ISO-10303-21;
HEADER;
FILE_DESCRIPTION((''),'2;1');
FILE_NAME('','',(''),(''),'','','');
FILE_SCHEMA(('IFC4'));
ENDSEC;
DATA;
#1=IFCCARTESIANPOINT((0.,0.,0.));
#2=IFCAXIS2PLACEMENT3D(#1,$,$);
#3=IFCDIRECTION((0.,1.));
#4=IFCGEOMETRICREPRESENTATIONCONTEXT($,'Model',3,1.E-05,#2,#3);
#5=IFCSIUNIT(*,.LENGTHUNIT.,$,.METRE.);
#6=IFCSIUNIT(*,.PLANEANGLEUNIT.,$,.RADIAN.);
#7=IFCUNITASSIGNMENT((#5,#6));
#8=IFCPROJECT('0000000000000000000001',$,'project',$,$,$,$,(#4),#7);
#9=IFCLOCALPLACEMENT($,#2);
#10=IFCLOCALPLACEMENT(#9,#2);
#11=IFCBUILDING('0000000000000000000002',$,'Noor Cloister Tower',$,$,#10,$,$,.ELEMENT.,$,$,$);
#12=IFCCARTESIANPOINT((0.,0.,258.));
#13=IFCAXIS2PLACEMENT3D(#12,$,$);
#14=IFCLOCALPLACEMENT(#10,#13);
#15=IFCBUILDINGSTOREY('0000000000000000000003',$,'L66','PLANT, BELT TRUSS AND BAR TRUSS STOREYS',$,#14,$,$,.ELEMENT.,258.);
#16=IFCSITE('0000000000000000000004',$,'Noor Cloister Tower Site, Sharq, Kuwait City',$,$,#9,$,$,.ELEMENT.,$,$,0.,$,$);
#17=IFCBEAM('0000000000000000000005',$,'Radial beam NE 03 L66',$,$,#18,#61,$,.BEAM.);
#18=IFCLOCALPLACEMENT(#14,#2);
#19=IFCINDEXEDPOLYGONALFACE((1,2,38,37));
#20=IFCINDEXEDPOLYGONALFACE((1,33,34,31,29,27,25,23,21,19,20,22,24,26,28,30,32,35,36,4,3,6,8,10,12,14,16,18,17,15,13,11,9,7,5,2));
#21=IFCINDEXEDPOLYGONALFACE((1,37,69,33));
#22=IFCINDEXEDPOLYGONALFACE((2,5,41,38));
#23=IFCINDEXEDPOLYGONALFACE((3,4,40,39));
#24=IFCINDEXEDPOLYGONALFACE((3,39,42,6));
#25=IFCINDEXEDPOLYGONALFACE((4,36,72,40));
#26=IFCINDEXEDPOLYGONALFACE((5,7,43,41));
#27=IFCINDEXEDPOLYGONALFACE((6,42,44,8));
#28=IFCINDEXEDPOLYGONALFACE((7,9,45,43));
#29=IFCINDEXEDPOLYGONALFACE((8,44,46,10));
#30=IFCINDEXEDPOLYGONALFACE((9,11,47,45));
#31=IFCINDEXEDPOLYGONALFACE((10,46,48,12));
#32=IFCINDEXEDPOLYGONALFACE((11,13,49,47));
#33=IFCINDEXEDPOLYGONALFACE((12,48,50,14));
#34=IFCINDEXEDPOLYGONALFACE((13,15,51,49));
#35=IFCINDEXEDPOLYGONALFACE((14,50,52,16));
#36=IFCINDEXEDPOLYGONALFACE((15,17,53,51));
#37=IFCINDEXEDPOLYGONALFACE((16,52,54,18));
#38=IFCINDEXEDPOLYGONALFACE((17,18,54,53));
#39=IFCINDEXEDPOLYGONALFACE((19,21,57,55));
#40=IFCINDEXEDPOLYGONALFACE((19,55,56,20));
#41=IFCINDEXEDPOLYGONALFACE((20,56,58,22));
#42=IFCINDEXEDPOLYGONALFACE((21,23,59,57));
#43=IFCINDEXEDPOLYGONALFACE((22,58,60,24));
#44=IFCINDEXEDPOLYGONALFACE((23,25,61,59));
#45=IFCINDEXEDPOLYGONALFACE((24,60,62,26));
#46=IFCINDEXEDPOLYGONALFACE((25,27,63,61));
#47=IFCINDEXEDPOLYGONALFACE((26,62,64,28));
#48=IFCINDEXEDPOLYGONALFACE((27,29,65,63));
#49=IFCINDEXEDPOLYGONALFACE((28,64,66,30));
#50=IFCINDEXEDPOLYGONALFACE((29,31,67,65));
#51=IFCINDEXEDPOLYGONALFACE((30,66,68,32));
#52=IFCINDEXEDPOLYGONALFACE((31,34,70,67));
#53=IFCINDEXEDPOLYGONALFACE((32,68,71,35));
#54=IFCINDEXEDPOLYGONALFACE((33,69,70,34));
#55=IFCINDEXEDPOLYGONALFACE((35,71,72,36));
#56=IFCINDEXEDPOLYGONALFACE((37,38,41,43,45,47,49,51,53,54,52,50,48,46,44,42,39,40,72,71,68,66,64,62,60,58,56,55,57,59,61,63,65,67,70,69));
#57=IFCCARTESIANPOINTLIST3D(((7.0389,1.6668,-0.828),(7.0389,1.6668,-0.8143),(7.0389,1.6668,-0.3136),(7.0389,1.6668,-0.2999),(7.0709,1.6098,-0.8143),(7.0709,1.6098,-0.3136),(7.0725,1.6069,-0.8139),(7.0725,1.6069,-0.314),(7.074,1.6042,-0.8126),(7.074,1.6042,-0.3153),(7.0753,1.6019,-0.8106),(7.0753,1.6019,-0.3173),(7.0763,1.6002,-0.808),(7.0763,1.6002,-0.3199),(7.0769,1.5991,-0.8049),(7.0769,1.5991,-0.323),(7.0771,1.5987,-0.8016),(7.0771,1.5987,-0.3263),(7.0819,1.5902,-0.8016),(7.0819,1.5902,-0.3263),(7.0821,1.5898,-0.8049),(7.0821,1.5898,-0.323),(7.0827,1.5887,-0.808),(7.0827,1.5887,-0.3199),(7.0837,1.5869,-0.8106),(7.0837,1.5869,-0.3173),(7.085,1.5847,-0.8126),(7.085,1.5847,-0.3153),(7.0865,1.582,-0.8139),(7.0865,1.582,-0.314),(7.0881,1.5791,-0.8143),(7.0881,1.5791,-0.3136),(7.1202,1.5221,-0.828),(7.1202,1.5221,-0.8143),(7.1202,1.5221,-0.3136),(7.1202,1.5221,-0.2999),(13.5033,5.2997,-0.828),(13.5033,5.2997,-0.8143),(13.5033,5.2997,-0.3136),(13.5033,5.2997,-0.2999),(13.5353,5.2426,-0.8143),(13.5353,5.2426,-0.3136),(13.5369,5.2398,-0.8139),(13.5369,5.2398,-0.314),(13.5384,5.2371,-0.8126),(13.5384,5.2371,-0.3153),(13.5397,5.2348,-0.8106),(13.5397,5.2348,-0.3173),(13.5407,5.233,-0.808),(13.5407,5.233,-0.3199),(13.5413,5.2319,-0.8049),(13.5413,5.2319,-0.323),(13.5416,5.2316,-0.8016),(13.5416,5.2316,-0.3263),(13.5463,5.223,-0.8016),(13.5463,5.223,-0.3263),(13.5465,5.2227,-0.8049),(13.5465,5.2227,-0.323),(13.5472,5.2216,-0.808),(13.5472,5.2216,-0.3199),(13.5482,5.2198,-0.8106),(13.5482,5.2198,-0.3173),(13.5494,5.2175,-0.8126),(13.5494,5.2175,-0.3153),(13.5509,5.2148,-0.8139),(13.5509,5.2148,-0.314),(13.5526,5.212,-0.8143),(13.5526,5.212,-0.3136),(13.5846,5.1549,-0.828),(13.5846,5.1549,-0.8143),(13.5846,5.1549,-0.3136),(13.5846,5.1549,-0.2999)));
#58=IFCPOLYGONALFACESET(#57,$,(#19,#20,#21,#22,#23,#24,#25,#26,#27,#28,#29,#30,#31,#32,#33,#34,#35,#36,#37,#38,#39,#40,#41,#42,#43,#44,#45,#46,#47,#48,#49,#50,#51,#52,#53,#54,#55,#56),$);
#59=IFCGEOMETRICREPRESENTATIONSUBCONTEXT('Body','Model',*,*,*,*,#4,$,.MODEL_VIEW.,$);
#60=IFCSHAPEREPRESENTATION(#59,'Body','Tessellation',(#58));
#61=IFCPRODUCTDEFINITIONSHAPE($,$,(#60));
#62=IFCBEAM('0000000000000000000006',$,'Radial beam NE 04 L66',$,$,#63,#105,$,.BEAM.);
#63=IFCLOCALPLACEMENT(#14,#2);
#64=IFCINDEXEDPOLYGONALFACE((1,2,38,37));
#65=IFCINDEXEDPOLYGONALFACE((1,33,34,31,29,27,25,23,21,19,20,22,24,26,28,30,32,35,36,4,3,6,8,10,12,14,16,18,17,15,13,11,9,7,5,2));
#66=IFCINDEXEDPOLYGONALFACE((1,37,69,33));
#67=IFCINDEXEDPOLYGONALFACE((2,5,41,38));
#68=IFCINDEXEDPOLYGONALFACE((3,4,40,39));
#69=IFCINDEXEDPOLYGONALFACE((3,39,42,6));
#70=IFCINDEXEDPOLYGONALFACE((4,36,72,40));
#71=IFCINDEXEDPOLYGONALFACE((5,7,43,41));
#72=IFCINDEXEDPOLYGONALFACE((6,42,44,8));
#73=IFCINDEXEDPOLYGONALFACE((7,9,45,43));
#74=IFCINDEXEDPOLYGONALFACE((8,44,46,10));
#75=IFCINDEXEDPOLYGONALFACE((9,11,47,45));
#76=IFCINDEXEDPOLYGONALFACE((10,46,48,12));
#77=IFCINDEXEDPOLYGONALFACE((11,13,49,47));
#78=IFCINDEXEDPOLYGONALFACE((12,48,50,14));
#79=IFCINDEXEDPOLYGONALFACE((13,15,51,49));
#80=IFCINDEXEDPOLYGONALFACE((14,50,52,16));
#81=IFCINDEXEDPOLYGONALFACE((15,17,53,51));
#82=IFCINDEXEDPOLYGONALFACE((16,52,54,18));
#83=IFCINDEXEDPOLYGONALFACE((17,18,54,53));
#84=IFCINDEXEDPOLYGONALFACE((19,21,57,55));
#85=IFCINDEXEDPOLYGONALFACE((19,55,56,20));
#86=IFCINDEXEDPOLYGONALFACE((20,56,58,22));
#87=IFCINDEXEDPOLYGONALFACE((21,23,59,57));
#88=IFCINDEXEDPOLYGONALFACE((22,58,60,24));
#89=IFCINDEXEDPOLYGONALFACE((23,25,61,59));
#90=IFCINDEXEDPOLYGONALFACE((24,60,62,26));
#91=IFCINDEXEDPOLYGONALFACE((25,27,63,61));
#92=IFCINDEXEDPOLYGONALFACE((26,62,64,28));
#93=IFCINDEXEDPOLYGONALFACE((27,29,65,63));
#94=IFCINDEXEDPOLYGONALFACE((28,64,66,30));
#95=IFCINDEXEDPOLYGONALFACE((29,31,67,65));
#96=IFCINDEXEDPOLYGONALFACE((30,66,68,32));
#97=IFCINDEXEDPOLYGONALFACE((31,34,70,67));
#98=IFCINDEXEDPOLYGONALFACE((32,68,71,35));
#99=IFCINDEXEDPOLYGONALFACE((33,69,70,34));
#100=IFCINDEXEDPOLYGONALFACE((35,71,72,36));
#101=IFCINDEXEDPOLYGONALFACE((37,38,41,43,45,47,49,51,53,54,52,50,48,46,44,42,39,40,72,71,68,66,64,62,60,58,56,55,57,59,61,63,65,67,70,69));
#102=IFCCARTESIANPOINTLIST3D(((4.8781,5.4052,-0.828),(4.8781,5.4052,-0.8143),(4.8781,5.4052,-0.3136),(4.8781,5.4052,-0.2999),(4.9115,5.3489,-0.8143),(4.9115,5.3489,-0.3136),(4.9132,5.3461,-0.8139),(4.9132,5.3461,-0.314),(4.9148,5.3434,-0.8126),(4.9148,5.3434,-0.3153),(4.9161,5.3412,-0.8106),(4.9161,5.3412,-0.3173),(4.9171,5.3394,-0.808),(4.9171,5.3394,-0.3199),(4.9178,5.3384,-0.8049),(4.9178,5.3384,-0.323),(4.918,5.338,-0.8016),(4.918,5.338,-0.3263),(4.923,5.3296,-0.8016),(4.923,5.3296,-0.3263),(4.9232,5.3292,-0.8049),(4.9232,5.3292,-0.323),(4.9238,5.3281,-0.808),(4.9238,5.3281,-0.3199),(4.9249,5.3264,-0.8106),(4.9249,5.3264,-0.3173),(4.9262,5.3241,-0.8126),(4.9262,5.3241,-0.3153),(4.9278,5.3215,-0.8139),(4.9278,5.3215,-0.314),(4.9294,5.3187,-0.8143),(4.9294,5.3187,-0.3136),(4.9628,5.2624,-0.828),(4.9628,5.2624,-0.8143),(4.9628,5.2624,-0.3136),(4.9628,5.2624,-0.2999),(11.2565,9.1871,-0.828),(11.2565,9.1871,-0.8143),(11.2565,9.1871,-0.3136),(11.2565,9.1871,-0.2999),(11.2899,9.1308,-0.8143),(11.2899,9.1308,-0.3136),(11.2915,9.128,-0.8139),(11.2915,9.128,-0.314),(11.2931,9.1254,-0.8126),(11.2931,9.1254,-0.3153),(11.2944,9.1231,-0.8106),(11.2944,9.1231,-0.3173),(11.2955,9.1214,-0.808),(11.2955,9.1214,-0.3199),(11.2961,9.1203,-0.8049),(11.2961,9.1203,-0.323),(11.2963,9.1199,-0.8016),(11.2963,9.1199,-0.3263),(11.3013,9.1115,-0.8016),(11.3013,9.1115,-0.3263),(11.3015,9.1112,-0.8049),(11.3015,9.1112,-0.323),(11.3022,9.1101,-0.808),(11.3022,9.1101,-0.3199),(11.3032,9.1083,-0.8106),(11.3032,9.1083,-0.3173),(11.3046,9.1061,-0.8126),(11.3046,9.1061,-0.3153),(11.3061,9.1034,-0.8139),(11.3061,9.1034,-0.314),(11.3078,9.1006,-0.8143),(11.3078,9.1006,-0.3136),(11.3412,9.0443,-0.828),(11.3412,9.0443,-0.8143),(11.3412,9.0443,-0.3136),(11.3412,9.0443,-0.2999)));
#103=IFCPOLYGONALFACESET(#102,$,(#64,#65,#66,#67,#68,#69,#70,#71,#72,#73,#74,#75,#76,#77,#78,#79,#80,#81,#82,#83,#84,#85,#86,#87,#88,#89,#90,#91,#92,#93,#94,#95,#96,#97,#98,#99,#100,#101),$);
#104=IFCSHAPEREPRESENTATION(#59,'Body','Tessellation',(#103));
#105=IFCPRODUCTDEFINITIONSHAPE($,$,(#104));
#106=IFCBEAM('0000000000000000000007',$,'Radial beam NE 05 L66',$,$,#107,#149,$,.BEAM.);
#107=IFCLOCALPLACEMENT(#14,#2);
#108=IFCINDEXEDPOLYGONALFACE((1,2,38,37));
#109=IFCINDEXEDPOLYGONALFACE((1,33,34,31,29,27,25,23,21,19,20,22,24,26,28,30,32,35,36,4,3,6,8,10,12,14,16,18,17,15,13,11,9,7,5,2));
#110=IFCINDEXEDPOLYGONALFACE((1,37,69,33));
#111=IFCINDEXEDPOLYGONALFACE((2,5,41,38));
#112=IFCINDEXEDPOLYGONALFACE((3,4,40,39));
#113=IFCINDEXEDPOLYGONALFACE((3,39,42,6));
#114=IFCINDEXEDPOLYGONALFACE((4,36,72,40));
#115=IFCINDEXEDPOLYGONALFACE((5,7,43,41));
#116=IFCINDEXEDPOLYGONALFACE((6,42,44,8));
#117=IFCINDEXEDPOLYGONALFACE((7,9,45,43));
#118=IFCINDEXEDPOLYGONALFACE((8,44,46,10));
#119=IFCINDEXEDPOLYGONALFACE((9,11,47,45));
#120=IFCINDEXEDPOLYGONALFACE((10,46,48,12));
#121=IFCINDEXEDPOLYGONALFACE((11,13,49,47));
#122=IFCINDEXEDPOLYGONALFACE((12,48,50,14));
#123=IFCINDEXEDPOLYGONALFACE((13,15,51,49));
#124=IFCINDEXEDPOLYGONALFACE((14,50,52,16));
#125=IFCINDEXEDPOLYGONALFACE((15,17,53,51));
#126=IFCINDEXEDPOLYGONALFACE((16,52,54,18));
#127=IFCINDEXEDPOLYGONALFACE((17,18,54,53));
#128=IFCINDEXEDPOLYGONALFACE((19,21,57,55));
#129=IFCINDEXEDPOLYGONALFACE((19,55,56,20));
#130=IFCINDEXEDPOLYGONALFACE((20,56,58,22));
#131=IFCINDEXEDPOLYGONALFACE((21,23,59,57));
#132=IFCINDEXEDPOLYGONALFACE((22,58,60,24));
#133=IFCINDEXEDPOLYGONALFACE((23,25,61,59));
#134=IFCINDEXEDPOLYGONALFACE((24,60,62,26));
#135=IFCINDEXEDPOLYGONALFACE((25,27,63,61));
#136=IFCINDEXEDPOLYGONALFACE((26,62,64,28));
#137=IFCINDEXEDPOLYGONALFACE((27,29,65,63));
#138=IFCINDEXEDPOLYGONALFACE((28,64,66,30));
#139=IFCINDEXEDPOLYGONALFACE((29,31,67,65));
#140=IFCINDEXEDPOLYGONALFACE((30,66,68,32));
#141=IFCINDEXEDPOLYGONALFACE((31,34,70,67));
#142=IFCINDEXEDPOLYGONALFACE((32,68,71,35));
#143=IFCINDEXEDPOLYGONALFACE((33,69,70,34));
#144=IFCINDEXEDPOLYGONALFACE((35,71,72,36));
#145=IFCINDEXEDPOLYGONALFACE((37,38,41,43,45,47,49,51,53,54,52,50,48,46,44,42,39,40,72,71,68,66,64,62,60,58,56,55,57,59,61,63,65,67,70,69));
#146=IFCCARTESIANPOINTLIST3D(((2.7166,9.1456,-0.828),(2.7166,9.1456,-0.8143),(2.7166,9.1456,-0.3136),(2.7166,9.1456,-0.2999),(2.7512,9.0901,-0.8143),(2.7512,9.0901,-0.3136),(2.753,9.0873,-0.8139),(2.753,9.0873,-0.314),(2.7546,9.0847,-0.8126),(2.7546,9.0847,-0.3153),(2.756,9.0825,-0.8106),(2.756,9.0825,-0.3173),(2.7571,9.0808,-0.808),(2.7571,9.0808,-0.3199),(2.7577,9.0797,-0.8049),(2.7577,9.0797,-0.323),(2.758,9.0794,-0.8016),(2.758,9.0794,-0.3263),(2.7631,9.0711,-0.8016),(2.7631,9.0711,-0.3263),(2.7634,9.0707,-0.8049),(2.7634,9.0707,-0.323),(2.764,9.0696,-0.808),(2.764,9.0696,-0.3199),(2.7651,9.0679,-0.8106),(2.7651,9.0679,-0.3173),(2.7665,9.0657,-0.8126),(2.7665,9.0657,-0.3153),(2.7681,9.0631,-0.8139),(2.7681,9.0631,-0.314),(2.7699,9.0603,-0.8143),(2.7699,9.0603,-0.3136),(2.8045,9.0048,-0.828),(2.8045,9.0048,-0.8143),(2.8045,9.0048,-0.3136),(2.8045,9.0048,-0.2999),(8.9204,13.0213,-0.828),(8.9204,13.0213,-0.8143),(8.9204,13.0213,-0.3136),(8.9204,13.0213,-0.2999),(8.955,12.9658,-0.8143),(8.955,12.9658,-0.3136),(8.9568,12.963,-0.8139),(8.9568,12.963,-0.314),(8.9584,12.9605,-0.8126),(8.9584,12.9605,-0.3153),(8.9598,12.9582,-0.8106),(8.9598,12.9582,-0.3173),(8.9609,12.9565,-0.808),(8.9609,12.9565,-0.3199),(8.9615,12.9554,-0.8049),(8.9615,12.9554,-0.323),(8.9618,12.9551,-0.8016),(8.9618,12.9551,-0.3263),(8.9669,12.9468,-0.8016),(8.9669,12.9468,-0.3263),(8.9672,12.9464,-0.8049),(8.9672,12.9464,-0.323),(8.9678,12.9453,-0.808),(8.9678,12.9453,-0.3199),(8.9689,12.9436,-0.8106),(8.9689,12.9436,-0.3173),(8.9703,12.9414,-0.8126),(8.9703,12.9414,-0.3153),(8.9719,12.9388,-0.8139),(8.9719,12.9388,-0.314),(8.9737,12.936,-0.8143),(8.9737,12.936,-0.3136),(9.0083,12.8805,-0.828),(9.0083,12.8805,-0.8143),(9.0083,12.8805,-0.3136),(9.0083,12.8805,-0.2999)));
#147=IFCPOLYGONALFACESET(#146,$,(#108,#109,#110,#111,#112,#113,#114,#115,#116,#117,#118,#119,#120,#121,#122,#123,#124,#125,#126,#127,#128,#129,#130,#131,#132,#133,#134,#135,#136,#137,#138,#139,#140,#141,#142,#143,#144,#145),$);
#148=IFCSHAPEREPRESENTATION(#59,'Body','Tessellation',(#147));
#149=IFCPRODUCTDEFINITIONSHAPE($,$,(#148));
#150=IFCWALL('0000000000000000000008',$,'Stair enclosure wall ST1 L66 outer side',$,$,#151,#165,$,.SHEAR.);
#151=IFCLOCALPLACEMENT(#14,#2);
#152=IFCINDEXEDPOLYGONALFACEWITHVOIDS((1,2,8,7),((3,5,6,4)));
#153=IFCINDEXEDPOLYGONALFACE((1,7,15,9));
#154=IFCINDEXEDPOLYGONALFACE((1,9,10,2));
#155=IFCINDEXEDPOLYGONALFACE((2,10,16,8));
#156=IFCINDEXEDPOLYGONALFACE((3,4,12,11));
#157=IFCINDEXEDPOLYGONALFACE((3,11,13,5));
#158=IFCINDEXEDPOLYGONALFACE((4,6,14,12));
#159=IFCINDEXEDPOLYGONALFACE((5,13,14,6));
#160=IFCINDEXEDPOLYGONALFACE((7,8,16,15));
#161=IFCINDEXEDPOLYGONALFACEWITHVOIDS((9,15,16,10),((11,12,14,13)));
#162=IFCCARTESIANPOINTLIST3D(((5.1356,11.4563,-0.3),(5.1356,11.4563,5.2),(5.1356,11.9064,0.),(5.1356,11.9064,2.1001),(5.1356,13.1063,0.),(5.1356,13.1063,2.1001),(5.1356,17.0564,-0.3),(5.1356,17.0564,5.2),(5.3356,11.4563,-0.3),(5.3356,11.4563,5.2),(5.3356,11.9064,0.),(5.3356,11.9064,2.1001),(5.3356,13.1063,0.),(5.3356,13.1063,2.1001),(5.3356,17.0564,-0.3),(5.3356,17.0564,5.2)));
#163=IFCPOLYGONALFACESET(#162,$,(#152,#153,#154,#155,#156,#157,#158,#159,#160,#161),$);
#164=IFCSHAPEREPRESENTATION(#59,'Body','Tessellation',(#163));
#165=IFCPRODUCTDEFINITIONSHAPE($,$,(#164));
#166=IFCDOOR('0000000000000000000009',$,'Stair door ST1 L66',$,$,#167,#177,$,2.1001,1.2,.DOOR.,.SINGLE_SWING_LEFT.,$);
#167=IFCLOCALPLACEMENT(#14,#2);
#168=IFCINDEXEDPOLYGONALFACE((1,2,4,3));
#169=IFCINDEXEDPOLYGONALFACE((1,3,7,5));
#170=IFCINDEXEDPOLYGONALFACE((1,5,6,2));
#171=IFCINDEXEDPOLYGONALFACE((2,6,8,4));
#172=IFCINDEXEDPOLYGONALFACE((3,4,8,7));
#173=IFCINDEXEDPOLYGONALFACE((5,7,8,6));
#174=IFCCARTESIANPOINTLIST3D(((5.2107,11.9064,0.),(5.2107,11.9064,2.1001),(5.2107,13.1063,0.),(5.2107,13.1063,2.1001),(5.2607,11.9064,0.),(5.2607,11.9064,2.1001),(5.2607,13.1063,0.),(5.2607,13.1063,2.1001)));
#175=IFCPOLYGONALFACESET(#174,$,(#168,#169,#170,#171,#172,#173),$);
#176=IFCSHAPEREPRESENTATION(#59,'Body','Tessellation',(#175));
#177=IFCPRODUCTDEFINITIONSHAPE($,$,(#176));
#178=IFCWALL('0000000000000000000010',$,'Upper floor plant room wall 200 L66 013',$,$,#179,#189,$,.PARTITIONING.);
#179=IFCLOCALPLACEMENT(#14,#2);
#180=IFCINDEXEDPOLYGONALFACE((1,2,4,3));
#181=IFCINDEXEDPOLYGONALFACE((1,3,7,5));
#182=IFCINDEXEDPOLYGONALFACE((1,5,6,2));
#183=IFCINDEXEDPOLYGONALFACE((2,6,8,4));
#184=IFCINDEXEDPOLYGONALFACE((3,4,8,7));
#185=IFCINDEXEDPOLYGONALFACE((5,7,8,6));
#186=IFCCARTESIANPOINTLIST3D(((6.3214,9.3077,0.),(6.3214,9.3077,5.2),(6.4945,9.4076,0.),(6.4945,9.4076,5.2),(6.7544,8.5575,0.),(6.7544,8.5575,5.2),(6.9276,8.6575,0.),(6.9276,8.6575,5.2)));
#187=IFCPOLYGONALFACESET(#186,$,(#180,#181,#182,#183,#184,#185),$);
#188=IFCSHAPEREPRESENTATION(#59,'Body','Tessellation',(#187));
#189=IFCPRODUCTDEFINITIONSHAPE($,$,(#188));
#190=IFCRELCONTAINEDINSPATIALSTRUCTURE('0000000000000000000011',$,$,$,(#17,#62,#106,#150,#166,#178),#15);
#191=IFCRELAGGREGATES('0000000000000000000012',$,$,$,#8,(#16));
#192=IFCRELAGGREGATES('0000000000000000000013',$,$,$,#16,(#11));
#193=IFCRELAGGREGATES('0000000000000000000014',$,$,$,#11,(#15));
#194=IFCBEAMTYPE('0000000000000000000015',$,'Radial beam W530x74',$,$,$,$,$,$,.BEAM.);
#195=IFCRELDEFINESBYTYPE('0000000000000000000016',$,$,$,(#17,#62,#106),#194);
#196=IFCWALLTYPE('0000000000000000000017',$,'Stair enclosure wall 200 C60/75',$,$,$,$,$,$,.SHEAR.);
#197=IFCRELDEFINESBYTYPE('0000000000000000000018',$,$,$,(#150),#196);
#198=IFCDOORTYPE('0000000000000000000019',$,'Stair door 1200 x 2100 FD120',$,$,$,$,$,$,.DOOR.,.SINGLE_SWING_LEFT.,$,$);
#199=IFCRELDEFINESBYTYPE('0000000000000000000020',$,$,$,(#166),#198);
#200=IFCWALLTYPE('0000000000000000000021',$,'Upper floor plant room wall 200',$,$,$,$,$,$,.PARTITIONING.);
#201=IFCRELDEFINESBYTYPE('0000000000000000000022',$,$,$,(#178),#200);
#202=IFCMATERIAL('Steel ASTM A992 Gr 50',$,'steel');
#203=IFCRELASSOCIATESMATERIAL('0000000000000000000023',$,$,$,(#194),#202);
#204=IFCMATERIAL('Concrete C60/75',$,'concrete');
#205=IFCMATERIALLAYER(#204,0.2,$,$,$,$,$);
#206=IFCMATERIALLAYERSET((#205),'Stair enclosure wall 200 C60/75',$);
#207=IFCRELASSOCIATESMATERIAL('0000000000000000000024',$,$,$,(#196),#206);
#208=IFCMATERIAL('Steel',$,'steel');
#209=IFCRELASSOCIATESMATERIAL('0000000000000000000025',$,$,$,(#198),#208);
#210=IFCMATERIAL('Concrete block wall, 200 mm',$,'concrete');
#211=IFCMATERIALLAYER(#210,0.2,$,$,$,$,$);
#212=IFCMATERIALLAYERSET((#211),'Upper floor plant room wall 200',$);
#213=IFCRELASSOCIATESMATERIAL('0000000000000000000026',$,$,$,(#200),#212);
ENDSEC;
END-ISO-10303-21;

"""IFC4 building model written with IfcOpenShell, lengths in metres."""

from ifc_helpers import new_model, si_unit, direction, frame, frame_2d, origin, origin_2d, place, context, subcontext, project, spatial, rectangle, i_section, extrude, material, layer, layer_set, material_profile, profile_set, type_object, element, fill, save


model = new_model("IFC4")

# Units and contexts
model_context = context("Model", 3, precision=1e-05, world=origin(), true_north=direction((0.0, 1.0)))
body_context = subcontext(model_context, "Body", "Model", "MODEL_VIEW")
ifc_project = project(units=[si_unit("LENGTHUNIT", "METRE"), si_unit("PLANEANGLEUNIT", "RADIAN")], contexts=[model_context])

# Site, building, storey
site_placement = place(None, origin())
site = spatial("IfcSite", under=ifc_project, at=site_placement, Name="Noor Cloister Tower Site, Sharq, Kuwait City", CompositionType="ELEMENT", RefElevation=0.0)
building_placement = place(site_placement, origin())
building = spatial("IfcBuilding", under=site, at=building_placement, Name="Noor Cloister Tower", CompositionType="ELEMENT")
storey_placement = place(building_placement, frame((0.0, 0.0, 258.0)))
storey = spatial("IfcBuildingStorey", under=building, at=storey_placement, Name="L66", Description="PLANT, BELT TRUSS AND BAR TRUSS STOREYS", CompositionType="ELEMENT", Elevation=258.0)

# Beams
ifc_material_1 = material(Name="Steel ASTM A992 Gr 50", Category="steel")
ifc_material_profile_1 = material_profile(ifc_material_1, i_section(OverallWidth=0.166, OverallDepth=0.5281, WebThickness=0.0098, FlangeThickness=0.0137, FilletRadius=0.0127, at=origin_2d()), Name="W530x74")
ifc_profile_set_1 = profile_set([ifc_material_profile_1], Name="Steel ASTM A992 Gr 50")
beam_type_1 = type_object("IfcBeamType", Name="Radial beam W530x74", PredefinedType="BEAM", material=ifc_profile_set_1)
for number, where, z_axis, x_axis, name in (
    (1, (13.5439, 5.2273, -0.564), (-0.871771, -0.489914, 0.0), (0.489914, -0.871771, 0.0), "Radial beam NE 03 L66"),
    (2, (11.2988, 9.1157, -0.564), (-0.860163, -0.51002, 0.0), (0.51002, -0.860163, 0.0), "Radial beam NE 04 L66"),
):
    element("IfcBeam", number, at=place(storey_placement, frame(where, z_axis=z_axis, x_axis=x_axis)), inside=storey, type_object=beam_type_1, Name=name, PredefinedType="BEAM", context=body_context, shape_type="SweptSolid", body=[
        extrude(i_section(OverallWidth=0.166, OverallDepth=0.5281, WebThickness=0.0098, FlangeThickness=0.0137, FilletRadius=0.0127, at=origin_2d()), origin(), (0.0, 0.0, 1.0), 7.4153),
    ])
beam_1_placement = place(storey_placement, frame((8.9644, 12.9509, -0.564), z_axis=(-0.848101, -0.529834, 0.0), x_axis=(0.529834, -0.848101, 0.0)))
element("IfcBeam", 3, at=beam_1_placement, inside=storey, type_object=beam_type_1, Name="Radial beam NE 05 L66", PredefinedType="BEAM", context=body_context, shape_type="SweptSolid", body=[
    extrude(i_section(OverallWidth=0.166, OverallDepth=0.5281, WebThickness=0.0098, FlangeThickness=0.0137, FilletRadius=0.0127, at=origin_2d()), origin(), (0.0, 0.0, 1.0), 7.3149),
])

# Wall, opening, door
ifc_material_2 = material(Name="Concrete C60/75", Category="concrete")
ifc_layer_1 = layer(ifc_material_2, 0.2)
ifc_layer_set_1 = layer_set([ifc_layer_1], Name="Stair enclosure wall 200 C60/75")
wall_type_1 = type_object("IfcWallType", Name="Stair enclosure wall 200 C60/75", PredefinedType="SHEAR", material=ifc_layer_set_1)
wall_1_placement = place(storey_placement, frame((5.2356, 11.4563, -0.3), z_axis=(0.0, 0.0, 1.0), x_axis=(0.0, 1.0, 0.0)))
wall_1 = element("IfcWall", 4, at=wall_1_placement, inside=storey, type_object=wall_type_1, Name="Stair enclosure wall ST1 L66 outer side", PredefinedType="SHEAR", context=body_context, shape_type="SweptSolid", body=[
    extrude(rectangle(XDim=5.6001, YDim=0.2, at=frame_2d((2.8, 0.0))), origin(), (0.0, 0.0, 1.0), 5.5),
])
opening_1_placement = place(wall_1_placement, frame((0.45, 0.0, 0.3)))
opening_1 = element("IfcOpeningElement", 5, at=opening_1_placement, cuts=wall_1, PredefinedType="OPENING", context=body_context, shape_type="SweptSolid", body=[
    extrude(rectangle(XDim=1.2, YDim=2.1001, at=frame_2d((0.6001, 1.05))), frame((0.0, 0.1099, 0.0), z_axis=(0.0, -1.0, 0.0), x_axis=(1.0, 0.0, 0.0)), (0.0, 0.0, 1.0), 0.22),
])
ifc_material_3 = material(Name="Steel", Category="steel")
door_type_1 = type_object("IfcDoorType", Name="Stair door 1200 x 2100 FD120", OperationType="SINGLE_SWING_LEFT", PredefinedType="DOOR", material=ifc_material_3)
door_1_placement = place(opening_1_placement, origin())
door_1 = element("IfcDoor", 6, at=door_1_placement, inside=storey, type_object=door_type_1, Name="Stair door ST1 L66", OperationType="SINGLE_SWING_LEFT", OverallHeight=2.1001, OverallWidth=1.2, PredefinedType="DOOR", context=body_context, shape_type="SweptSolid", body=[
    extrude(rectangle(XDim=1.2, YDim=2.1001, at=frame_2d((0.6001, 1.05))), frame((0.0, 0.0249, 0.0), z_axis=(0.0, -1.0, 0.0), x_axis=(1.0, 0.0, 0.0)), (0.0, 0.0, 1.0), 0.05),
])
fill(opening_1, door_1)

# Wall
ifc_material_4 = material(Name="Concrete block wall, 200 mm", Category="concrete")
ifc_layer_2 = layer(ifc_material_4, 0.2)
ifc_layer_set_2 = layer_set([ifc_layer_2], Name="Upper floor plant room wall 200")
wall_type_2 = type_object("IfcWallType", Name="Upper floor plant room wall 200", PredefinedType="PARTITIONING", material=ifc_layer_set_2)
wall_2_placement = place(storey_placement, frame((6.408, 9.3577, 0.0), z_axis=(0.0, 0.0, 1.0), x_axis=(0.499958, -0.866049, 0.0)))
element("IfcWall", 7, at=wall_2_placement, inside=storey, type_object=wall_type_2, Name="Upper floor plant room wall 200 L66 013", PredefinedType="PARTITIONING", context=body_context, shape_type="SweptSolid", body=[
    extrude(rectangle(XDim=0.8662, YDim=0.2, at=frame_2d((0.4331, 0.0))), origin(), (0.0, 0.0, 1.0), 5.2),
])

save(model, "model.ifc")
